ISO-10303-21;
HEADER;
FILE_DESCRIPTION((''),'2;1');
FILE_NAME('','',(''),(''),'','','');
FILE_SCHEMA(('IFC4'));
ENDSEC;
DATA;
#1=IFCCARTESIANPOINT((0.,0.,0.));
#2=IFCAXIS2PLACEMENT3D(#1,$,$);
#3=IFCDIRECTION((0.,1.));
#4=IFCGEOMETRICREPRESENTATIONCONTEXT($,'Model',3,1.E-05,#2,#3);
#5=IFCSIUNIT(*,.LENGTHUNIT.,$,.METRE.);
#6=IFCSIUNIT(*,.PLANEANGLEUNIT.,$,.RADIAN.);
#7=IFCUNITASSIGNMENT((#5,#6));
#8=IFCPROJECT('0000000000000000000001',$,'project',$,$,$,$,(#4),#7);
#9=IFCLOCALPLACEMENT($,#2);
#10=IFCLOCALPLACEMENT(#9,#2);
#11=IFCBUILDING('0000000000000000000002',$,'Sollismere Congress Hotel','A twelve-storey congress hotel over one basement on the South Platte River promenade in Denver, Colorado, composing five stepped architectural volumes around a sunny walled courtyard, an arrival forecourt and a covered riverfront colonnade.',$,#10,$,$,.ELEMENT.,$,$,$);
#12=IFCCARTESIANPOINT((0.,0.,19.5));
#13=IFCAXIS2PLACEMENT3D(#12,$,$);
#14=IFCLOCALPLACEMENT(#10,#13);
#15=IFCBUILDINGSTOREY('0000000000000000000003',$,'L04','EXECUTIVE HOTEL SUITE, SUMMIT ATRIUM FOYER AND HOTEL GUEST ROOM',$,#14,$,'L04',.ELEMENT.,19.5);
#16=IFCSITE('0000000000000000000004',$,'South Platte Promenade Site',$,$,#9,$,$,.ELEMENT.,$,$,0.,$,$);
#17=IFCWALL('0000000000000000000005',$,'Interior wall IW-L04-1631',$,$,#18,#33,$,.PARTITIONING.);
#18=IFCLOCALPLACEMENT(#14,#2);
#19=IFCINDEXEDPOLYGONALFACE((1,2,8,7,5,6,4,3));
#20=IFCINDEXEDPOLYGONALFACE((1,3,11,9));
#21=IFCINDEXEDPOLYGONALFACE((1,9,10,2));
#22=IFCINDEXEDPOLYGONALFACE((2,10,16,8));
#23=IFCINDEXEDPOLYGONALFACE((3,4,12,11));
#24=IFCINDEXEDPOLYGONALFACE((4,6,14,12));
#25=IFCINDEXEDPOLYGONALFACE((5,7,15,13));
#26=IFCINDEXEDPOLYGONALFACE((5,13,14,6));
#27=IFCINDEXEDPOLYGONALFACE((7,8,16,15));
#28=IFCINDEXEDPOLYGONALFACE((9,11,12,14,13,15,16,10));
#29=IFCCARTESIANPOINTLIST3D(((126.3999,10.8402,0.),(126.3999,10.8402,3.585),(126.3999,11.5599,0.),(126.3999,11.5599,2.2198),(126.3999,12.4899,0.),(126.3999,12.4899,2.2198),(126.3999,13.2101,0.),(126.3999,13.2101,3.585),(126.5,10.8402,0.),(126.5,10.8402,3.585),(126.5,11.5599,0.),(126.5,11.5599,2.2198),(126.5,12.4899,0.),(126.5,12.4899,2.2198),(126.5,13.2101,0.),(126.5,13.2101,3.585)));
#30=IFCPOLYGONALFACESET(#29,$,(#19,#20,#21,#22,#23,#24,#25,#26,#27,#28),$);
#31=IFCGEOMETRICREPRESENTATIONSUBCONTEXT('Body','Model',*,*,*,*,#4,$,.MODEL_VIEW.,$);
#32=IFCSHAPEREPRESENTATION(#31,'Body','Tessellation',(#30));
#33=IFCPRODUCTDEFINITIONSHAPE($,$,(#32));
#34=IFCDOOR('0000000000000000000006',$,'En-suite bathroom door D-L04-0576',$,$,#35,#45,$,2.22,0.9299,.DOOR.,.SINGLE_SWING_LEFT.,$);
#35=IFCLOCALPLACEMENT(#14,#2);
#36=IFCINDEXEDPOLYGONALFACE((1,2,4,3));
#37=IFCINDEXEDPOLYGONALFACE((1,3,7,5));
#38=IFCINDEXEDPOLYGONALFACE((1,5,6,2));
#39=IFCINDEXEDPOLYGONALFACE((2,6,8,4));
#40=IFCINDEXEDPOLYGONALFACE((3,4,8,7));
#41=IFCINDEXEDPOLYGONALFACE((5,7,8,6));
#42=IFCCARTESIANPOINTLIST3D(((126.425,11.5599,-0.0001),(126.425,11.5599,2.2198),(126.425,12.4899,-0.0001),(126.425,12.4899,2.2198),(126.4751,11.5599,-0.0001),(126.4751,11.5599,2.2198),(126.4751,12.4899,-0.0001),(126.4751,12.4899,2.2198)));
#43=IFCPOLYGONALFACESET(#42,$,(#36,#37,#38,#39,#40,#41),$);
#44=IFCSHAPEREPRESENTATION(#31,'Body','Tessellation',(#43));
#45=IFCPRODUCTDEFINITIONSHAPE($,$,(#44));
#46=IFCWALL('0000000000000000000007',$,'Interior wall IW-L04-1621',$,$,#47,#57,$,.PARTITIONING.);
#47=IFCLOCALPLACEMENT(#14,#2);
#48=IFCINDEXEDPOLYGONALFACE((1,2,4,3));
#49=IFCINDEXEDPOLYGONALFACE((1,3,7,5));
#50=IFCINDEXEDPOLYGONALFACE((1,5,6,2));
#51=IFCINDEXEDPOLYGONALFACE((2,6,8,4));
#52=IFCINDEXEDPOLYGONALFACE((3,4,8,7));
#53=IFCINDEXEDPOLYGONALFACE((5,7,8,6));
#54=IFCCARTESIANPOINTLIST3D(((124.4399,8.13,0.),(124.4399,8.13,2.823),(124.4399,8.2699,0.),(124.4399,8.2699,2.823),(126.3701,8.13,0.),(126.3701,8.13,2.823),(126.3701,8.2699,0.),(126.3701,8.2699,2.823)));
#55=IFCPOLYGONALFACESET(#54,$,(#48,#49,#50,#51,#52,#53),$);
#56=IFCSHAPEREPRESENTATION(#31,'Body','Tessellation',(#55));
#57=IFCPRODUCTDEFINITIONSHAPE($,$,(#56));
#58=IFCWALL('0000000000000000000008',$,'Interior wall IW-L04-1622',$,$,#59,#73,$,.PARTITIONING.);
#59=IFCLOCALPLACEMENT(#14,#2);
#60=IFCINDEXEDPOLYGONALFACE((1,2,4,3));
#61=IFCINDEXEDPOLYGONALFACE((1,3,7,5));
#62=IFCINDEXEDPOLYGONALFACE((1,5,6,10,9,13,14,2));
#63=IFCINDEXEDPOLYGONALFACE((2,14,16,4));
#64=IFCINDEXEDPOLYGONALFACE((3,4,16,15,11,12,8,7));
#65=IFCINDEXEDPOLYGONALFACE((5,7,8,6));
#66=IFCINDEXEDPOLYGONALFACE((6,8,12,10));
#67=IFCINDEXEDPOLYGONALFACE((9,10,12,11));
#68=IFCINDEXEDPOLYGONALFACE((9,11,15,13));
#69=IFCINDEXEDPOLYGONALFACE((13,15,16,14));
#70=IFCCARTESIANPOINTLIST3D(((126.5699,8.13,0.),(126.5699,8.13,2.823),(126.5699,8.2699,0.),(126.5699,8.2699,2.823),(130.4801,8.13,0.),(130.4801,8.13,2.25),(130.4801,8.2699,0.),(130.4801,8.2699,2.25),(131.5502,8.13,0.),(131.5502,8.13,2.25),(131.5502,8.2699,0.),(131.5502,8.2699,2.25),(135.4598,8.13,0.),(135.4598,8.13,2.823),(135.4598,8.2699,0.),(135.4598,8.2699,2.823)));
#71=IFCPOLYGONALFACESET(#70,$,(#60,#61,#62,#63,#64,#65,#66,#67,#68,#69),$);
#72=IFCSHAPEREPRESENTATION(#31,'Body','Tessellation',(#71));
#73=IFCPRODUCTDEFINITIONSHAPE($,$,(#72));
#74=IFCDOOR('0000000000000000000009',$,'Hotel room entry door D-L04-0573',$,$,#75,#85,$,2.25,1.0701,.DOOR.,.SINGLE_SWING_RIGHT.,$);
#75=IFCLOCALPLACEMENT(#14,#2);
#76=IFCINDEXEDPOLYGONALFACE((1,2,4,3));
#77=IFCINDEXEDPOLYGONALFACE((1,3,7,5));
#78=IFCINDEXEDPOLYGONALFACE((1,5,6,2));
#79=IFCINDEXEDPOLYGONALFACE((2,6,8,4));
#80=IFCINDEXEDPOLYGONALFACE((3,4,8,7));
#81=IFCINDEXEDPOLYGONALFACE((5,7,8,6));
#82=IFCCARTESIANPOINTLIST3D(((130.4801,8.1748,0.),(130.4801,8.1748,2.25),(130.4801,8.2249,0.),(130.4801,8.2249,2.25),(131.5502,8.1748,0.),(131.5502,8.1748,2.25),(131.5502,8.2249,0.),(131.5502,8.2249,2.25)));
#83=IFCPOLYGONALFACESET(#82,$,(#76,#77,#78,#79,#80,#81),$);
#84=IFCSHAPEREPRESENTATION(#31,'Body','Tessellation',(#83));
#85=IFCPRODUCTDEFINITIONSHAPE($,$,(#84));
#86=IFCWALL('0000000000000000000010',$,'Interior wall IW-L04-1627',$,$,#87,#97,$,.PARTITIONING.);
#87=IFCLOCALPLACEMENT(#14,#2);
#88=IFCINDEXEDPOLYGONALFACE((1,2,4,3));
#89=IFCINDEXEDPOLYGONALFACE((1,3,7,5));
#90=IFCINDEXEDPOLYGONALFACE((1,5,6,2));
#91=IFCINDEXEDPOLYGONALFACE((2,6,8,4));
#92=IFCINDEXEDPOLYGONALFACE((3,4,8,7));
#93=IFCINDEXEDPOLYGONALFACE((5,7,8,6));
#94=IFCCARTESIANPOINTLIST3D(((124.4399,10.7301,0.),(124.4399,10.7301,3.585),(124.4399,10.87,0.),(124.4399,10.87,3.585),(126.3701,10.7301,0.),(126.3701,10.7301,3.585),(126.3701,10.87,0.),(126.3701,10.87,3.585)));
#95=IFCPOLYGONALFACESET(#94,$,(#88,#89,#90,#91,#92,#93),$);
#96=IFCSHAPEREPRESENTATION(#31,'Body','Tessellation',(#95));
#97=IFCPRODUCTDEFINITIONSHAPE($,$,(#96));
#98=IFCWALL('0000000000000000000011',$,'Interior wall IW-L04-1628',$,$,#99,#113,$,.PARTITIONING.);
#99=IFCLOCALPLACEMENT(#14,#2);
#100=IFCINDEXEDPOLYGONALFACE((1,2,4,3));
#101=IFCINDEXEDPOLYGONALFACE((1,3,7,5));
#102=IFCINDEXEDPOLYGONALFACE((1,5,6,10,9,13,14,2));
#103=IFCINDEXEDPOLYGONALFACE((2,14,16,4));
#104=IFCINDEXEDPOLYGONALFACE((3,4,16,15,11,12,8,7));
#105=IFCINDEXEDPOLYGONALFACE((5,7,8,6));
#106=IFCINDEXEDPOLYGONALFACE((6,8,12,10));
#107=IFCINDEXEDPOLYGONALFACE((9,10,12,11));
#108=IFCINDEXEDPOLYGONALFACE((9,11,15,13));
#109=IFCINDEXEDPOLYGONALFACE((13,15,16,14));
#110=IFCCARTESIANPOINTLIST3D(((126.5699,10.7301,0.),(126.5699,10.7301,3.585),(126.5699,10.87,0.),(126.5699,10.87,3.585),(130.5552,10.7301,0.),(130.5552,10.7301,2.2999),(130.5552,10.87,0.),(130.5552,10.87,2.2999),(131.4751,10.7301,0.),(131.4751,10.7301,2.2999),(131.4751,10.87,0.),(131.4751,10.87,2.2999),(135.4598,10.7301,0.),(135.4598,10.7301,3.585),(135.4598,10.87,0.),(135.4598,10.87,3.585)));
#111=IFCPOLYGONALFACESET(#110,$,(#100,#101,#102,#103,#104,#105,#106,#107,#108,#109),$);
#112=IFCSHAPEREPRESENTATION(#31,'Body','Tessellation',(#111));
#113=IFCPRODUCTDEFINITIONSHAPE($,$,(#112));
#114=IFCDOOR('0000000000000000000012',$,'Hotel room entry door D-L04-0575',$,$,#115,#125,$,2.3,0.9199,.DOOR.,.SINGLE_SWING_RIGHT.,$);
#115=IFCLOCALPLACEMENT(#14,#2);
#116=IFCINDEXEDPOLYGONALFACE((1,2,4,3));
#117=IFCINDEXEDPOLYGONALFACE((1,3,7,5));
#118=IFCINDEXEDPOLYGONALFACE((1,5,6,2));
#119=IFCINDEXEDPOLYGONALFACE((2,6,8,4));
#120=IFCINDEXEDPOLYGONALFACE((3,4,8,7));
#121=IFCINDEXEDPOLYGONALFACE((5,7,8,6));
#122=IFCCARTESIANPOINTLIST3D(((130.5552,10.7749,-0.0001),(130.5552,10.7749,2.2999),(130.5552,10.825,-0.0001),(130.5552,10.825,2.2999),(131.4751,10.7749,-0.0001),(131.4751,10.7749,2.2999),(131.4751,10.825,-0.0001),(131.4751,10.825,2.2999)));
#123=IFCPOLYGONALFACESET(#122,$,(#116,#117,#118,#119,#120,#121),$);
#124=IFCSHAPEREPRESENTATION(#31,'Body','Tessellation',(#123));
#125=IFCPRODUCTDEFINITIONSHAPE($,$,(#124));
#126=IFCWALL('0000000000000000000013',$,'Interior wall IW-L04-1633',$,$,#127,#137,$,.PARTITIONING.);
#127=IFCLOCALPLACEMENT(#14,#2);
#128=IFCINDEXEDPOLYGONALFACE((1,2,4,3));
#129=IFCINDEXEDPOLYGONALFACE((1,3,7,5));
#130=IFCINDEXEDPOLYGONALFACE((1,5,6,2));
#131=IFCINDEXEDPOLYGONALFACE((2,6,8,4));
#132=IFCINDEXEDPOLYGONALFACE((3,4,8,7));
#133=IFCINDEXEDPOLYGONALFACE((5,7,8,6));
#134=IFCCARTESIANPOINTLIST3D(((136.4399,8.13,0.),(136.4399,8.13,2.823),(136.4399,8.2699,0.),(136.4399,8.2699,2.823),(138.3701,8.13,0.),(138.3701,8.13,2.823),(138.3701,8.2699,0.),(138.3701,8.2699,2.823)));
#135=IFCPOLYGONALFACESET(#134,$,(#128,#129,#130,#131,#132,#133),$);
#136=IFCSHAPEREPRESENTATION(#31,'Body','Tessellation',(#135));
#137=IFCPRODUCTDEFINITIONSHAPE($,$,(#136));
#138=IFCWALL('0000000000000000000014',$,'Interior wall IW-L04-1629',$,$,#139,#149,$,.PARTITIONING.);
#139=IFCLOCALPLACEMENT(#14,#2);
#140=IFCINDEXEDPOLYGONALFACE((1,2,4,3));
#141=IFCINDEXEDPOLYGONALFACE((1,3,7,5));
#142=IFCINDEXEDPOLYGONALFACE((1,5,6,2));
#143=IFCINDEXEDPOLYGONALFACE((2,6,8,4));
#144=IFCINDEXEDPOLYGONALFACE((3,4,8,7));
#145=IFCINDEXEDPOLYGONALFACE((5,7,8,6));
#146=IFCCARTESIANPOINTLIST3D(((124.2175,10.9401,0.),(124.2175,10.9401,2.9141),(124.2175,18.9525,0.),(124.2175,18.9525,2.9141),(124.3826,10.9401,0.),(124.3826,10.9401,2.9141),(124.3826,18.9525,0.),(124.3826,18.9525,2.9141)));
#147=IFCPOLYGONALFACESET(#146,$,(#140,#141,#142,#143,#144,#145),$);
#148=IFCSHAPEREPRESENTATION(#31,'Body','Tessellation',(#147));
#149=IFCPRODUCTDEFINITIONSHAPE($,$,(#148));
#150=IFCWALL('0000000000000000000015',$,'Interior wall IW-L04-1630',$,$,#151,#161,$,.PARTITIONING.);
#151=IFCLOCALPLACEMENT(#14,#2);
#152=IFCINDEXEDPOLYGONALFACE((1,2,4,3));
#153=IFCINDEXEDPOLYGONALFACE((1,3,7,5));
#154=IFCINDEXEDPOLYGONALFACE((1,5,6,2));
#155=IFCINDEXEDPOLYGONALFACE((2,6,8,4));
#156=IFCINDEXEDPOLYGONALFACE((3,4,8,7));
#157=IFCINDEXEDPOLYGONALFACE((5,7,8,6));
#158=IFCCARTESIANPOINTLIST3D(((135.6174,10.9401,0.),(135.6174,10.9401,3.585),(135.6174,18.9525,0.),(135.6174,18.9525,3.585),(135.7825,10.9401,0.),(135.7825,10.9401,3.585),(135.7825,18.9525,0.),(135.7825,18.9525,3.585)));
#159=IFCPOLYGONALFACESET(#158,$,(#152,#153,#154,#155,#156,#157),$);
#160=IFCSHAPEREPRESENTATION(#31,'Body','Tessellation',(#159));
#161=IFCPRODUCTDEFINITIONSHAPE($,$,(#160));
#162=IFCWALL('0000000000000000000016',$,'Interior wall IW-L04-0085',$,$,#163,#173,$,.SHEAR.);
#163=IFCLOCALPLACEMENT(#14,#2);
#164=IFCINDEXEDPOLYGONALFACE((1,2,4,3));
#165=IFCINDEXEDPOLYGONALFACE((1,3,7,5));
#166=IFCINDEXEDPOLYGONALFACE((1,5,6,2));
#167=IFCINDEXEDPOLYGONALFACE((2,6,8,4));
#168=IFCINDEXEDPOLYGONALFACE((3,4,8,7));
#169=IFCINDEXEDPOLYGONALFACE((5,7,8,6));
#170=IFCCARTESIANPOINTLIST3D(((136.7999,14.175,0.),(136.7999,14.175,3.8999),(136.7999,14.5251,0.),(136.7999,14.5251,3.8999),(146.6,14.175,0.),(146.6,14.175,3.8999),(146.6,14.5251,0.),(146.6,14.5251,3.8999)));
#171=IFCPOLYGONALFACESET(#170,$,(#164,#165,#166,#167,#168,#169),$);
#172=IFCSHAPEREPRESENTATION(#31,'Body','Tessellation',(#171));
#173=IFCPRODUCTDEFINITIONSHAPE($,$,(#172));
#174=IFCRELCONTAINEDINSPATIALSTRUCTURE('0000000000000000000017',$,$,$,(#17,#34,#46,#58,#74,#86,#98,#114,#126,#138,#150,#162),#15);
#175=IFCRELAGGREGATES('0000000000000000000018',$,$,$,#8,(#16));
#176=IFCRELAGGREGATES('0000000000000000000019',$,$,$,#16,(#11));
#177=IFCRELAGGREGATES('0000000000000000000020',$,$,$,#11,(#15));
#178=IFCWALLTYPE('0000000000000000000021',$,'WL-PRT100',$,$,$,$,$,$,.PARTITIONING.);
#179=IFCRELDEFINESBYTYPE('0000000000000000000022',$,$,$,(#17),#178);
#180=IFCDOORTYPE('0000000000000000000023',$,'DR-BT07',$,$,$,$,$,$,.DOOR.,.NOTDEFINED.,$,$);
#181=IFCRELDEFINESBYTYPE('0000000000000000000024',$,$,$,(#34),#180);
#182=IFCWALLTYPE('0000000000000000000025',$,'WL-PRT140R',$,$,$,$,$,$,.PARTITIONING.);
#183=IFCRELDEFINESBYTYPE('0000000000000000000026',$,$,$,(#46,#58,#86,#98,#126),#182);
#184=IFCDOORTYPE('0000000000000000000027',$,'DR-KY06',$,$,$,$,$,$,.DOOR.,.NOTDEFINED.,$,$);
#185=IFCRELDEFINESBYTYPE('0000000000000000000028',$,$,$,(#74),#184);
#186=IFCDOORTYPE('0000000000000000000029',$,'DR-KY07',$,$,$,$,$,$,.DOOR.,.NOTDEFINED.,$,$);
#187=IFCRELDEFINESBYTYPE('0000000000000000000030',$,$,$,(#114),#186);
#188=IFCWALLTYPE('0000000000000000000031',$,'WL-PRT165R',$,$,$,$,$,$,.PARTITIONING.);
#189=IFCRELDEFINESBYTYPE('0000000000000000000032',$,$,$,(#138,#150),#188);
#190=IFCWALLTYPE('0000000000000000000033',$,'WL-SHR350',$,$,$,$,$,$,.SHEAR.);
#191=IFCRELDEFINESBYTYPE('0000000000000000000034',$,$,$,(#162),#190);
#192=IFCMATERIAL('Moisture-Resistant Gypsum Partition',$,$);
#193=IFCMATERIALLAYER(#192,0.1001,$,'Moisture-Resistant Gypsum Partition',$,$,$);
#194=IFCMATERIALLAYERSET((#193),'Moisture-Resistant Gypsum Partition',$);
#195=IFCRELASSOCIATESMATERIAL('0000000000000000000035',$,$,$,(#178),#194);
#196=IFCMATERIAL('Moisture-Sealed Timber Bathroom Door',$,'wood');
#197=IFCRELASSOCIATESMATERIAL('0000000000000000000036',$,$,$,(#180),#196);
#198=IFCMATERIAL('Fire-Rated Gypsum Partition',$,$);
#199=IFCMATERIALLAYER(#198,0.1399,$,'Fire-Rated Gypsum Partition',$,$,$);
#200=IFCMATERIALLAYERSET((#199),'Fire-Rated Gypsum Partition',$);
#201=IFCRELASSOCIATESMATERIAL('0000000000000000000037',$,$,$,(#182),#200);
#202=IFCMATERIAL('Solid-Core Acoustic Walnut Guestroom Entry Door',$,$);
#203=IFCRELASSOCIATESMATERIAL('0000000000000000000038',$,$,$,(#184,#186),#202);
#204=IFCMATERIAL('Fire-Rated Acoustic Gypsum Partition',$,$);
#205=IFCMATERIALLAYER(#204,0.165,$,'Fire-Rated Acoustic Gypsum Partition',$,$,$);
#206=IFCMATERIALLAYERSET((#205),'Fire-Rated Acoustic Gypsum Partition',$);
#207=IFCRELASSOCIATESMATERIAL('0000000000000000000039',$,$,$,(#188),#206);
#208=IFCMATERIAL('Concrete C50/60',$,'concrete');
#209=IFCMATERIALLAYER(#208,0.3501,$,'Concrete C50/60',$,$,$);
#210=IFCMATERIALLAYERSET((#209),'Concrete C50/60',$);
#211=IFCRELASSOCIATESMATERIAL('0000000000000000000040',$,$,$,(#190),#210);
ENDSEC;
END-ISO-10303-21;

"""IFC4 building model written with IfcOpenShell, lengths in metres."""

from ifc_helpers import new_model, si_unit, direction, frame, frame_2d, origin, place, context, subcontext, project, spatial, rectangle, extrude, material, layer, layer_set, type_object, element, fill, save


model = new_model("IFC4")

# Units and contexts
model_context = context("Model", 3, precision=1e-05, world=origin(), true_north=direction((0.0, 1.0)))
body_context = subcontext(model_context, "Body", "Model", "MODEL_VIEW")
ifc_project = project(units=[si_unit("LENGTHUNIT", "METRE"), si_unit("PLANEANGLEUNIT", "RADIAN")], contexts=[model_context])

# Site, building, storey
site_placement = place(None, origin())
site = spatial("IfcSite", under=ifc_project, at=site_placement, Name="South Platte Promenade Site", CompositionType="ELEMENT", RefElevation=0.0)
building_placement = place(site_placement, origin())
building = spatial("IfcBuilding", under=site, at=building_placement, Name="Sollismere Congress Hotel", Description="A twelve-storey congress hotel over one basement on the South Platte River promenade in Denver, Colorado, composing five stepped architectural volumes around a sunny walled courtyard, an arrival forecourt and a covered riverfront colonnade.", CompositionType="ELEMENT")
storey_placement = place(building_placement, frame((0.0, 0.0, 19.5)))
storey = spatial("IfcBuildingStorey", under=building, at=storey_placement, Name="L04", Description="EXECUTIVE HOTEL SUITE, SUMMIT ATRIUM FOYER AND HOTEL GUEST ROOM", LongName="L04", CompositionType="ELEMENT", Elevation=19.5)

# Wall, opening, door
ifc_material_1 = material(Name="Moisture-Resistant Gypsum Partition")
ifc_layer_1 = layer(ifc_material_1, 0.1001, Name="Moisture-Resistant Gypsum Partition")
ifc_layer_set_1 = layer_set([ifc_layer_1], Name="Moisture-Resistant Gypsum Partition")
wall_type_1 = type_object("IfcWallType", Name="WL-PRT100", PredefinedType="PARTITIONING", material=ifc_layer_set_1)
ifc_material_2 = material(Name="Moisture-Sealed Timber Bathroom Door", Category="wood")
wall_1_placement = place(storey_placement, frame((126.45, 10.8401, 0.0), z_axis=(0.0, 0.0, 1.0), x_axis=(0.0, 1.0, 0.0)))
wall_1 = element("IfcWall", 1, at=wall_1_placement, inside=storey, type_object=wall_type_1, Name="Interior wall IW-L04-1631", PredefinedType="PARTITIONING", context=body_context, shape_type="SweptSolid", body=[
    extrude(rectangle(XDim=2.3699, YDim=0.1001, at=frame_2d((1.1851, 0.0))), origin(), (0.0, 0.0, 1.0), 3.585),
])
opening_1_placement = place(wall_1_placement, frame((0.72, 0.0, 0.0)))
opening_1 = element("IfcOpeningElement", 2, at=opening_1_placement, cuts=wall_1, PredefinedType="OPENING", context=body_context, shape_type="SweptSolid", body=[
    extrude(rectangle(XDim=0.9299, YDim=2.22, at=frame_2d((0.4648, 1.1099))), frame((0.0, 0.0601, 0.0), z_axis=(0.0, -1.0, 0.0), x_axis=(1.0, 0.0, 0.0)), (0.0, 0.0, 1.0), 0.1201),
])
door_type_1 = type_object("IfcDoorType", Name="DR-BT07", OperationType="NOTDEFINED", PredefinedType="DOOR", material=ifc_material_2)
door_1_placement = place(opening_1_placement, origin())
door_1 = element("IfcDoor", 3, at=door_1_placement, inside=storey, type_object=door_type_1, Name="En-suite bathroom door D-L04-0576", OperationType="SINGLE_SWING_LEFT", OverallHeight=2.22, OverallWidth=0.9299, PredefinedType="DOOR", context=body_context, shape_type="SweptSolid", body=[
    extrude(rectangle(XDim=0.9299, YDim=2.22, at=frame_2d((0.4648, 1.1099))), frame((0.0, 0.0249, 0.0), z_axis=(0.0, -1.0, 0.0), x_axis=(1.0, 0.0, 0.0)), (0.0, 0.0, 1.0), 0.05),
])
fill(opening_1, door_1)

# Wall
ifc_material_3 = material(Name="Fire-Rated Gypsum Partition")
ifc_layer_2 = layer(ifc_material_3, 0.1399, Name="Fire-Rated Gypsum Partition")
ifc_layer_set_2 = layer_set([ifc_layer_2], Name="Fire-Rated Gypsum Partition")
wall_type_2 = type_object("IfcWallType", Name="WL-PRT140R", PredefinedType="PARTITIONING", material=ifc_layer_set_2)
wall_2_placement = place(storey_placement, frame((124.4399, 8.2, 0.0), z_axis=(0.0, 0.0, 1.0), x_axis=(1.0, 0.0, 0.0)))
element("IfcWall", 4, at=wall_2_placement, inside=storey, type_object=wall_type_2, Name="Interior wall IW-L04-1621", PredefinedType="PARTITIONING", context=body_context, shape_type="SweptSolid", body=[
    extrude(rectangle(XDim=1.9302, YDim=0.1399, at=frame_2d((0.9651, 0.0))), origin(), (0.0, 0.0, 1.0), 2.823),
])

# Wall, opening, door
wall_3_placement = place(storey_placement, frame((126.5701, 8.2, 0.0), z_axis=(0.0, 0.0, 1.0), x_axis=(1.0, 0.0, 0.0)))
wall_3 = element("IfcWall", 5, at=wall_3_placement, inside=storey, type_object=wall_type_2, Name="Interior wall IW-L04-1622", PredefinedType="PARTITIONING", context=body_context, shape_type="SweptSolid", body=[
    extrude(rectangle(XDim=8.8899, YDim=0.1399, at=frame_2d((4.4448, 0.0))), origin(), (0.0, 0.0, 1.0), 2.823),
])
opening_2_placement = place(wall_3_placement, frame((3.9099, 0.0, 0.0)))
opening_2 = element("IfcOpeningElement", 6, at=opening_2_placement, cuts=wall_3, PredefinedType="OPENING", context=body_context, shape_type="SweptSolid", body=[
    extrude(rectangle(XDim=1.0701, YDim=2.25, at=frame_2d((0.5352, 1.125))), frame((0.0, 0.0798, 0.0), z_axis=(0.0, -1.0, 0.0), x_axis=(1.0, 0.0, 0.0)), (0.0, 0.0, 1.0), 0.1599),
])
ifc_material_4 = material(Name="Solid-Core Acoustic Walnut Guestroom Entry Door")
door_type_2 = type_object("IfcDoorType", Name="DR-KY06", OperationType="NOTDEFINED", PredefinedType="DOOR", material=ifc_material_4)
door_2_placement = place(opening_2_placement, origin())
door_2 = element("IfcDoor", 7, at=door_2_placement, inside=storey, type_object=door_type_2, Name="Hotel room entry door D-L04-0573", OperationType="SINGLE_SWING_RIGHT", OverallHeight=2.25, OverallWidth=1.0701, PredefinedType="DOOR", context=body_context, shape_type="SweptSolid", body=[
    extrude(rectangle(XDim=1.0701, YDim=2.25, at=frame_2d((0.5352, 1.125))), frame((0.0, 0.0249, 0.0), z_axis=(0.0, -1.0, 0.0), x_axis=(1.0, 0.0, 0.0)), (0.0, 0.0, 1.0), 0.05),
])
fill(opening_2, door_2)

# Wall
wall_4_placement = place(storey_placement, frame((124.4399, 10.8, 0.0), z_axis=(0.0, 0.0, 1.0), x_axis=(1.0, 0.0, 0.0)))
element("IfcWall", 8, at=wall_4_placement, inside=storey, type_object=wall_type_2, Name="Interior wall IW-L04-1627", PredefinedType="PARTITIONING", context=body_context, shape_type="SweptSolid", body=[
    extrude(rectangle(XDim=1.9302, YDim=0.1399, at=frame_2d((0.9651, 0.0))), origin(), (0.0, 0.0, 1.0), 3.585),
])

# Wall, opening, door
wall_5_placement = place(storey_placement, frame((126.5701, 10.8, 0.0), z_axis=(0.0, 0.0, 1.0), x_axis=(1.0, 0.0, 0.0)))
wall_5 = element("IfcWall", 9, at=wall_5_placement, inside=storey, type_object=wall_type_2, Name="Interior wall IW-L04-1628", PredefinedType="PARTITIONING", context=body_context, shape_type="SweptSolid", body=[
    extrude(rectangle(XDim=8.8899, YDim=0.1399, at=frame_2d((4.4448, 0.0))), origin(), (0.0, 0.0, 1.0), 3.585),
])
opening_3_placement = place(wall_5_placement, frame((3.9851, 0.0, 0.0)))
opening_3 = element("IfcOpeningElement", 10, at=opening_3_placement, cuts=wall_5, PredefinedType="OPENING", context=body_context, shape_type="SweptSolid", body=[
    extrude(rectangle(XDim=0.9199, YDim=2.3, at=frame_2d((0.46, 1.1499))), frame((0.0, 0.0798, 0.0), z_axis=(0.0, -1.0, 0.0), x_axis=(1.0, 0.0, 0.0)), (0.0, 0.0, 1.0), 0.1599),
])
door_type_3 = type_object("IfcDoorType", Name="DR-KY07", OperationType="NOTDEFINED", PredefinedType="DOOR", material=ifc_material_4)
door_3_placement = place(opening_3_placement, origin())
door_3 = element("IfcDoor", 11, at=door_3_placement, inside=storey, type_object=door_type_3, Name="Hotel room entry door D-L04-0575", OperationType="SINGLE_SWING_RIGHT", OverallHeight=2.3, OverallWidth=0.9199, PredefinedType="DOOR", context=body_context, shape_type="SweptSolid", body=[
    extrude(rectangle(XDim=0.9199, YDim=2.3, at=frame_2d((0.46, 1.1499))), frame((0.0, 0.0249, 0.0), z_axis=(0.0, -1.0, 0.0), x_axis=(1.0, 0.0, 0.0)), (0.0, 0.0, 1.0), 0.05),
])
fill(opening_3, door_3)

# Walls
wall_6_placement = place(storey_placement, frame((136.4399, 8.2, 0.0), z_axis=(0.0, 0.0, 1.0), x_axis=(1.0, 0.0, 0.0)))
element("IfcWall", 12, at=wall_6_placement, inside=storey, type_object=wall_type_2, Name="Interior wall IW-L04-1633", PredefinedType="PARTITIONING", context=body_context, shape_type="SweptSolid", body=[
    extrude(rectangle(XDim=1.9302, YDim=0.1399, at=frame_2d((0.9651, 0.0))), origin(), (0.0, 0.0, 1.0), 2.823),
])
ifc_material_5 = material(Name="Fire-Rated Acoustic Gypsum Partition")
ifc_layer_3 = layer(ifc_material_5, 0.165, Name="Fire-Rated Acoustic Gypsum Partition")
ifc_layer_set_3 = layer_set([ifc_layer_3], Name="Fire-Rated Acoustic Gypsum Partition")
wall_type_3 = type_object("IfcWallType", Name="WL-PRT165R", PredefinedType="PARTITIONING", material=ifc_layer_set_3)
wall_7_placement = place(storey_placement, frame((124.3, 10.9399, 0.0), z_axis=(0.0, 0.0, 1.0), x_axis=(0.0, 1.0, 0.0)))
element("IfcWall", 13, at=wall_7_placement, inside=storey, type_object=wall_type_3, Name="Interior wall IW-L04-1629", PredefinedType="PARTITIONING", context=body_context, shape_type="SweptSolid", body=[
    extrude(rectangle(XDim=8.0125, YDim=0.165, at=frame_2d((4.0063, 0.0))), origin(), (0.0, 0.0, 1.0), 2.9141),
])
wall_8_placement = place(storey_placement, frame((135.7, 10.9399, 0.0), z_axis=(0.0, 0.0, 1.0), x_axis=(0.0, 1.0, 0.0)))
element("IfcWall", 14, at=wall_8_placement, inside=storey, type_object=wall_type_3, Name="Interior wall IW-L04-1630", PredefinedType="PARTITIONING", context=body_context, shape_type="SweptSolid", body=[
    extrude(rectangle(XDim=8.0125, YDim=0.165, at=frame_2d((4.0063, 0.0))), origin(), (0.0, 0.0, 1.0), 3.585),
])
ifc_material_6 = material(Name="Concrete C50/60", Category="concrete")
ifc_layer_4 = layer(ifc_material_6, 0.3501, Name="Concrete C50/60")
ifc_layer_set_4 = layer_set([ifc_layer_4], Name="Concrete C50/60")
wall_type_4 = type_object("IfcWallType", Name="WL-SHR350", PredefinedType="SHEAR", material=ifc_layer_set_4)
wall_9_placement = place(storey_placement, frame((136.8, 14.3501, 0.0), z_axis=(0.0, 0.0, 1.0), x_axis=(1.0, 0.0, 0.0)))
element("IfcWall", 15, at=wall_9_placement, inside=storey, type_object=wall_type_4, Name="Interior wall IW-L04-0085", PredefinedType="SHEAR", context=body_context, shape_type="SweptSolid", body=[
    extrude(rectangle(XDim=9.8, YDim=0.3501, at=frame_2d((4.8999, 0.0))), origin(), (0.0, 0.0, 1.0), 3.8999),
])

save(model, "model.ifc")
